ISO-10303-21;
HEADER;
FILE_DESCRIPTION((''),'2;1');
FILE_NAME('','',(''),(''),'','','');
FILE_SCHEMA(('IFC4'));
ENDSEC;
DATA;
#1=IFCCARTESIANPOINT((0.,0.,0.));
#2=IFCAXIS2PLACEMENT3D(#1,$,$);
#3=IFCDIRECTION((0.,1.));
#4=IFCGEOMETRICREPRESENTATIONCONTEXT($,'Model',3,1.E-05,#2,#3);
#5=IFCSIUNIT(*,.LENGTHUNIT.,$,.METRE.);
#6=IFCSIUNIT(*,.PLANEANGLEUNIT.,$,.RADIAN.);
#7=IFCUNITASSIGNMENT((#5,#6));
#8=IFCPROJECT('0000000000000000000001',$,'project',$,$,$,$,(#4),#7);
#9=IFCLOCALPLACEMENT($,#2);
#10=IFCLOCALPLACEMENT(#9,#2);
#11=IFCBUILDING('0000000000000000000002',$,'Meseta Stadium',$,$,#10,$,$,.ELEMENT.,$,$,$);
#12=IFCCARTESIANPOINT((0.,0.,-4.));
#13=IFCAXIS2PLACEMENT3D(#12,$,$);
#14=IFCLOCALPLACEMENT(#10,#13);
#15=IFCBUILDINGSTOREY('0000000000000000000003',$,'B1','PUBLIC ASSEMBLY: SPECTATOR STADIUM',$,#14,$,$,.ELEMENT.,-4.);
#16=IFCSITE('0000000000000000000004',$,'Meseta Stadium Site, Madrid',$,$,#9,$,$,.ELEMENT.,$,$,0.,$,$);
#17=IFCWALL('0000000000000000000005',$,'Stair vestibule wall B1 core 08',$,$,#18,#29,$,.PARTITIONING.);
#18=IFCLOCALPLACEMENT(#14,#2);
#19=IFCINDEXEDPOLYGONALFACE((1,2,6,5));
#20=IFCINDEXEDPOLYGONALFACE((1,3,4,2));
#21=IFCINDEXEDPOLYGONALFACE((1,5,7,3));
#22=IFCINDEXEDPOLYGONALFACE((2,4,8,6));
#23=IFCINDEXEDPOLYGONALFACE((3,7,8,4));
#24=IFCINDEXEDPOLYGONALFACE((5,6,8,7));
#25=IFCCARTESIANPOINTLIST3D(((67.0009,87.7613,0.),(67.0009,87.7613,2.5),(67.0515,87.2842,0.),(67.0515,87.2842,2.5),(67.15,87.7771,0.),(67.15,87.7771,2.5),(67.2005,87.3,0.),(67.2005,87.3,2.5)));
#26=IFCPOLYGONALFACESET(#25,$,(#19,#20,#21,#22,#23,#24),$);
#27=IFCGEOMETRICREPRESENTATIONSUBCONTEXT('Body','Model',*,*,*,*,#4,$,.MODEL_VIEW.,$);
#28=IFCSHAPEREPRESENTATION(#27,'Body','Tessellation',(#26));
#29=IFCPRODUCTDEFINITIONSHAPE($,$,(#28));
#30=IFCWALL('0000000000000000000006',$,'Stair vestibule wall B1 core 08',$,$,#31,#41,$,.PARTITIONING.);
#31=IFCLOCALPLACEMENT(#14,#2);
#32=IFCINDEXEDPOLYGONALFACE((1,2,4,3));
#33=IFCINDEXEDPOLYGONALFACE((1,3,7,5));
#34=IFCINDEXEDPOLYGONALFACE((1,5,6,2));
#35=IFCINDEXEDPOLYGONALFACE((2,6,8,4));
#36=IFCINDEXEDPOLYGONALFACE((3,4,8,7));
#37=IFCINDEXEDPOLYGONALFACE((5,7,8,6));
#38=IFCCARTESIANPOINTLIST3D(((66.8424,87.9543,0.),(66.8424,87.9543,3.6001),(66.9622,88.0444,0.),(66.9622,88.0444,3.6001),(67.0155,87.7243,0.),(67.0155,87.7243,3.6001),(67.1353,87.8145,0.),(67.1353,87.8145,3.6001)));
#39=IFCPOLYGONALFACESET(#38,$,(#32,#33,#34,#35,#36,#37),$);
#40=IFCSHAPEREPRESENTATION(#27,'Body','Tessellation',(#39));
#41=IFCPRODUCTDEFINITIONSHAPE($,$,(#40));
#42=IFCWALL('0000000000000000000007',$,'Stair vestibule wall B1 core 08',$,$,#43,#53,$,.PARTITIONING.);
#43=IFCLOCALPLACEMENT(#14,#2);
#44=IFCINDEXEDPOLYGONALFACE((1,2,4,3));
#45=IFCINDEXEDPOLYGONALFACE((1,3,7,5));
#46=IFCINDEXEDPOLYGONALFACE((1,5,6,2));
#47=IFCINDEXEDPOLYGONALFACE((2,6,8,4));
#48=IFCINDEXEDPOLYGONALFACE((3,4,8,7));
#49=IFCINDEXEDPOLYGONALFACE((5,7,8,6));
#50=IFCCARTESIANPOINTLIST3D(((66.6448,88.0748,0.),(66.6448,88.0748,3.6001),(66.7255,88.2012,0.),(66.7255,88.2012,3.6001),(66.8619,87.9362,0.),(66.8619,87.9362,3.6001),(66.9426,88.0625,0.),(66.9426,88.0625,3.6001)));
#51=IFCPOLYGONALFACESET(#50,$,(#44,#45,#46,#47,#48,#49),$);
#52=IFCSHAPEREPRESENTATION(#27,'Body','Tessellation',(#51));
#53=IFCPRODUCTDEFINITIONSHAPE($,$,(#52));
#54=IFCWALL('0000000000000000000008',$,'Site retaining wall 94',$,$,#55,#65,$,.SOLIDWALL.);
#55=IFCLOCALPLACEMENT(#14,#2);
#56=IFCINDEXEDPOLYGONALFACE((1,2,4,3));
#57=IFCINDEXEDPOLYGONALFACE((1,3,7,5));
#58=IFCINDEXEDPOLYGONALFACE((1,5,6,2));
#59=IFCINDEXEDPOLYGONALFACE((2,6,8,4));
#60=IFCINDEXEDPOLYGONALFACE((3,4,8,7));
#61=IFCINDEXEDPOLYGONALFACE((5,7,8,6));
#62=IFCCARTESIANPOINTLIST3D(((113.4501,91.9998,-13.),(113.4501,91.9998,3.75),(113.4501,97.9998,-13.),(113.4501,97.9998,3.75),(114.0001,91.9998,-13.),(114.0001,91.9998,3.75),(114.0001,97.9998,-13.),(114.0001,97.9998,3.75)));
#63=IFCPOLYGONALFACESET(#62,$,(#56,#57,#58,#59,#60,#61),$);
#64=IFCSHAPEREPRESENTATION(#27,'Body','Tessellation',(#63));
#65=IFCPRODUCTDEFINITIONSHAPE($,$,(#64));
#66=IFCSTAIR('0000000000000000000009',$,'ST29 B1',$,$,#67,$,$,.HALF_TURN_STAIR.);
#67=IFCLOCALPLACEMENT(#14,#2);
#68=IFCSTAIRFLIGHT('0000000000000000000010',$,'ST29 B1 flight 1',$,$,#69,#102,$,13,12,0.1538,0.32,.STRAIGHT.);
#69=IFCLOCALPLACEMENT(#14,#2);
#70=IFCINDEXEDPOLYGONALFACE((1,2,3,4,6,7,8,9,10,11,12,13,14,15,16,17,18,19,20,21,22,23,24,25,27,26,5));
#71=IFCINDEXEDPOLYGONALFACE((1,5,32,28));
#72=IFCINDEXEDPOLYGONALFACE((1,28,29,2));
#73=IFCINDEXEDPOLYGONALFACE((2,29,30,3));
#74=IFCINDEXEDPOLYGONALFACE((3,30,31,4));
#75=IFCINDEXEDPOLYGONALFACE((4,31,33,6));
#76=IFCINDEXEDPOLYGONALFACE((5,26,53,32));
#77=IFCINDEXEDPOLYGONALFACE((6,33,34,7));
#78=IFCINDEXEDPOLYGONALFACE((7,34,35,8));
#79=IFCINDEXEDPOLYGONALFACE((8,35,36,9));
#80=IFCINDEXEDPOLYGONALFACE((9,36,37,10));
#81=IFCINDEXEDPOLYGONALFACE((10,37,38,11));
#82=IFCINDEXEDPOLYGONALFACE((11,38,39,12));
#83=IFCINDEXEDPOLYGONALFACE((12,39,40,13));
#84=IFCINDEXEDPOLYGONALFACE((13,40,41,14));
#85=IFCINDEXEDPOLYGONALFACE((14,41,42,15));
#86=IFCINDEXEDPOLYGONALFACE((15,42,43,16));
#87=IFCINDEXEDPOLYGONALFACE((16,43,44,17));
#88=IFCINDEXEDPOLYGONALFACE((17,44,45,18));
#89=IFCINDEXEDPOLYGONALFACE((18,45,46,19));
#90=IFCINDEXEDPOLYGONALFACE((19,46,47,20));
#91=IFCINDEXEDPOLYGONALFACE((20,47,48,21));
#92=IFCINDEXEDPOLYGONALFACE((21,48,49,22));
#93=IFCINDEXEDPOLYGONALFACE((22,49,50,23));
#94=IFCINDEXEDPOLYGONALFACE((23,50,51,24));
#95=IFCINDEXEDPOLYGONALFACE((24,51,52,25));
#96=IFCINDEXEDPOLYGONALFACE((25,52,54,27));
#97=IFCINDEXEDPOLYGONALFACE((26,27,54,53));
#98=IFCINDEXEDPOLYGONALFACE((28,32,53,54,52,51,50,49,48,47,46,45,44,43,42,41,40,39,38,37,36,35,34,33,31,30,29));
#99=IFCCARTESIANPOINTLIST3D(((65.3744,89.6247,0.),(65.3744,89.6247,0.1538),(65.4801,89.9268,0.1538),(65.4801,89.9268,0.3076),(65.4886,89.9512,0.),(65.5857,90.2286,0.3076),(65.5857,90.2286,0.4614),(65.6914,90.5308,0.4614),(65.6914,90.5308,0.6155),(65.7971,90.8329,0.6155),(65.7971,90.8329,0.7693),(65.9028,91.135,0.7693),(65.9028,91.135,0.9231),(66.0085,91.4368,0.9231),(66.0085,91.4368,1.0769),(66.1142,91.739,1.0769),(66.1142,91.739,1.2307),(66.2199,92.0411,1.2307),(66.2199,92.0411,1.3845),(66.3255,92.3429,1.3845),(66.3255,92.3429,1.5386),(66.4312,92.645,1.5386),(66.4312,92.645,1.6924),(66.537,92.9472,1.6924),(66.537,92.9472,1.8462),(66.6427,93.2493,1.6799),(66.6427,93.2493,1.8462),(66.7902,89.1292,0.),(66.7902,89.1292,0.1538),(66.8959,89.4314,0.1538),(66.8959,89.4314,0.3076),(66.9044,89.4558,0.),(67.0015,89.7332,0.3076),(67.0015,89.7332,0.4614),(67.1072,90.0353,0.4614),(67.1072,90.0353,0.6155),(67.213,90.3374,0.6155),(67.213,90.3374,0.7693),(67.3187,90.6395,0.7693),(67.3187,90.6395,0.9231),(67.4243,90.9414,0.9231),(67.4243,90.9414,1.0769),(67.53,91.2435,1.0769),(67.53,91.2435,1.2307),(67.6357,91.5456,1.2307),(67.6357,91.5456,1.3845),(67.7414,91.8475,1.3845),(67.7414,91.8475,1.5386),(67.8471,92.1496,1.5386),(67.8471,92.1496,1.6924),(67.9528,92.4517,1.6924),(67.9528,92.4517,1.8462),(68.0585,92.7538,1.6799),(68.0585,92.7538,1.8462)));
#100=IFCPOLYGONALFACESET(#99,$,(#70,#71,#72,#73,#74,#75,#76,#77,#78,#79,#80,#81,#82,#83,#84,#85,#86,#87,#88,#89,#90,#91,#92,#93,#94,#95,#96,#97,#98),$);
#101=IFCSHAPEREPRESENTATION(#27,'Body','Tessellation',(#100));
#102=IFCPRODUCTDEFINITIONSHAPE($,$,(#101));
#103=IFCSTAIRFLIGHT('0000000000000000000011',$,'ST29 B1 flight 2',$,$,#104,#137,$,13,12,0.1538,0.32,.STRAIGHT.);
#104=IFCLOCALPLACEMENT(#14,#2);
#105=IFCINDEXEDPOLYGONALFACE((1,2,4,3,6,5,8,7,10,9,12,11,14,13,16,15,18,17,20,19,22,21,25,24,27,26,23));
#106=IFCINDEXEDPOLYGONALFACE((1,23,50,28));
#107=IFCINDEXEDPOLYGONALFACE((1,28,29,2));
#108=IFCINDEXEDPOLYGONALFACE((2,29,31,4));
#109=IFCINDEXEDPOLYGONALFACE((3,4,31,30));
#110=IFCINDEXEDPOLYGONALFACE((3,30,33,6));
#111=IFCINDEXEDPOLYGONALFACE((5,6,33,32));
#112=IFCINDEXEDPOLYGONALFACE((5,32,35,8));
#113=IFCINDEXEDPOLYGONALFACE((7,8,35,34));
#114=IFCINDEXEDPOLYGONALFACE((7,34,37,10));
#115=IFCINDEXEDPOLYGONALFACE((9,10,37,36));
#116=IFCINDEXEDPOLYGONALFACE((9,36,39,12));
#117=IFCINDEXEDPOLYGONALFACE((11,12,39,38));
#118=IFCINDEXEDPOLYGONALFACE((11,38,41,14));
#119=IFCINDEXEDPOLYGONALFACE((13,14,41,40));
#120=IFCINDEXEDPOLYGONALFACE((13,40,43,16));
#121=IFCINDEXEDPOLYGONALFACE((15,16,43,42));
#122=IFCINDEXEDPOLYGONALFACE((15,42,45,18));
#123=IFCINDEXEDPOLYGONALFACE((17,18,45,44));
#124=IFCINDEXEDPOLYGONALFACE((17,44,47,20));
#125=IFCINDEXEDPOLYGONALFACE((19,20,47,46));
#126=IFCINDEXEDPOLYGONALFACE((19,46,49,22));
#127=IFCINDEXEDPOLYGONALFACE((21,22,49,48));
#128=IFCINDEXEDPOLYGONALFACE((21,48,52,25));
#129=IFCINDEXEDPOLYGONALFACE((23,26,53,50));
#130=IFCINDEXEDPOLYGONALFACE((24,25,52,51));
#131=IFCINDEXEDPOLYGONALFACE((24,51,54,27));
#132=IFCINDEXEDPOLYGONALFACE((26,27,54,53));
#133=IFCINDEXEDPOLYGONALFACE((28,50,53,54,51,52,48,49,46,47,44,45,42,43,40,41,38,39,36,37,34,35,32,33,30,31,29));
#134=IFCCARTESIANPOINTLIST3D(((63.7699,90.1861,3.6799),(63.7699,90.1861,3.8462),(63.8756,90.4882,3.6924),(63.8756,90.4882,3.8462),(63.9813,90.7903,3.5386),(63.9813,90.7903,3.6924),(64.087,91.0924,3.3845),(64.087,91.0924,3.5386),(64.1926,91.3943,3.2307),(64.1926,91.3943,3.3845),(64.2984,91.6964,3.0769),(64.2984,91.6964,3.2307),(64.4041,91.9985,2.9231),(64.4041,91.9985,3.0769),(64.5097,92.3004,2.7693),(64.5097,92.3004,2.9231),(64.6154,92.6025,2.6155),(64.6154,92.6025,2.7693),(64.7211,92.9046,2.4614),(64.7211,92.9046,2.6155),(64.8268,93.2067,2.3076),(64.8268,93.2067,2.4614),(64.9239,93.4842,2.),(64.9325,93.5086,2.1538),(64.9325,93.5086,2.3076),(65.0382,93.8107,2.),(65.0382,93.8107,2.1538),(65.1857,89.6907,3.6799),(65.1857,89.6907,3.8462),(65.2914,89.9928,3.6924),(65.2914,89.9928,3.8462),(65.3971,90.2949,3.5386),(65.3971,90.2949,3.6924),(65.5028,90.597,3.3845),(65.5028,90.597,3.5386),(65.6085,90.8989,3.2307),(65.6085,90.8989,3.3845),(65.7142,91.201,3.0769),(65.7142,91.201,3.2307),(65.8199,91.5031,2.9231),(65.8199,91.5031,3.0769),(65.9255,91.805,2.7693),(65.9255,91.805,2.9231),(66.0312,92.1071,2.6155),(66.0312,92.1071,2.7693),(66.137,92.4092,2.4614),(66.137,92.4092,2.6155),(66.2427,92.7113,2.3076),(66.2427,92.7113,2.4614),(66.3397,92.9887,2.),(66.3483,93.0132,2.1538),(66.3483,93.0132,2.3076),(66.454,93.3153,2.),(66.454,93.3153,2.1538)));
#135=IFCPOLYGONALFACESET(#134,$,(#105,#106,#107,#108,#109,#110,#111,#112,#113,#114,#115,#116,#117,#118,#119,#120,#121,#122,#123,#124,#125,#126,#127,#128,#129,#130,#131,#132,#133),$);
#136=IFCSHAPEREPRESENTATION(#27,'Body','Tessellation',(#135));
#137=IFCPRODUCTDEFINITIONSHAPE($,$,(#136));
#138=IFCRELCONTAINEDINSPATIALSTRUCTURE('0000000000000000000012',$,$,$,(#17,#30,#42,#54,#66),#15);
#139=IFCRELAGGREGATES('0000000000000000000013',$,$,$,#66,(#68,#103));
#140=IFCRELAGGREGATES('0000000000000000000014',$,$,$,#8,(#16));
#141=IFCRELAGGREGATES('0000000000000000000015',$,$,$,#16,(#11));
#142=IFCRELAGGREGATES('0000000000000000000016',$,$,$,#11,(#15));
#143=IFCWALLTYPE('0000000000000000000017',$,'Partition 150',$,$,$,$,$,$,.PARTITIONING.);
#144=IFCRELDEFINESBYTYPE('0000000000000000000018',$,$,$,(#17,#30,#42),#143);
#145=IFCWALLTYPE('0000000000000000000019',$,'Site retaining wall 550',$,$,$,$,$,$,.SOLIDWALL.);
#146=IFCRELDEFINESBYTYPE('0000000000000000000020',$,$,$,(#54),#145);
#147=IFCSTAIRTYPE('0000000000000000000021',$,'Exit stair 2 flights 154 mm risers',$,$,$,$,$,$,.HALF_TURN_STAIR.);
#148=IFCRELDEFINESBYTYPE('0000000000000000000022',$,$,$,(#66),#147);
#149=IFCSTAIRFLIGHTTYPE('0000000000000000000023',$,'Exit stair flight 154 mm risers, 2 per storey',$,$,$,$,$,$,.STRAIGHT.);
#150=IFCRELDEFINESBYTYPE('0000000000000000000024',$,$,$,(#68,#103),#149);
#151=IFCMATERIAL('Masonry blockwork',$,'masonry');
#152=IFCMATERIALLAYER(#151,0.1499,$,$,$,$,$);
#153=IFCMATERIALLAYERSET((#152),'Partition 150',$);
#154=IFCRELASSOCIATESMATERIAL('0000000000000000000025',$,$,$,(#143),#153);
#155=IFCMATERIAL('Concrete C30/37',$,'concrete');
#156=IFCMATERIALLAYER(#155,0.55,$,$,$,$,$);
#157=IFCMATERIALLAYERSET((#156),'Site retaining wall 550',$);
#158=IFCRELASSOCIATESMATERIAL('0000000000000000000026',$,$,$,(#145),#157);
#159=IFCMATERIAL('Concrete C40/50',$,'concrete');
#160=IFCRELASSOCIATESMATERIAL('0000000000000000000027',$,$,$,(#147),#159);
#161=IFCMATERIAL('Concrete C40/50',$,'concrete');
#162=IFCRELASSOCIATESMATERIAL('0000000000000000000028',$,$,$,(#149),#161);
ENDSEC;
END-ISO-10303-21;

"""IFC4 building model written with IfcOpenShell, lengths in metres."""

from ifc_helpers import new_model, si_unit, direction, frame, frame_2d, origin, place, context, subcontext, project, spatial, polyline, rectangle, outline, extrude, material, layer, layer_set, type_object, element, aggregate, save


model = new_model("IFC4")

# Units and contexts
model_context = context("Model", 3, precision=1e-05, world=origin(), true_north=direction((0.0, 1.0)))
body_context = subcontext(model_context, "Body", "Model", "MODEL_VIEW")
ifc_project = project(units=[si_unit("LENGTHUNIT", "METRE"), si_unit("PLANEANGLEUNIT", "RADIAN")], contexts=[model_context])

# Site, building, storey
site_placement = place(None, origin())
site = spatial("IfcSite", under=ifc_project, at=site_placement, Name="Meseta Stadium Site, Madrid", CompositionType="ELEMENT", RefElevation=0.0)
building_placement = place(site_placement, origin())
building = spatial("IfcBuilding", under=site, at=building_placement, Name="Meseta Stadium", CompositionType="ELEMENT")
storey_placement = place(building_placement, frame((0.0, 0.0, -4.0)))
storey = spatial("IfcBuildingStorey", under=building, at=storey_placement, Name="B1", Description="PUBLIC ASSEMBLY: SPECTATOR STADIUM", CompositionType="ELEMENT", Elevation=-4.0)

# Walls
ifc_material_1 = material(Name="Masonry blockwork", Category="masonry")
ifc_layer_1 = layer(ifc_material_1, 0.1499)
ifc_layer_set_1 = layer_set([ifc_layer_1], Name="Partition 150")
wall_type_1 = type_object("IfcWallType", Name="Partition 150", PredefinedType="PARTITIONING", material=ifc_layer_set_1)
wall_1_placement = place(storey_placement, frame((67.126, 87.2922, 0.0), z_axis=(0.0, 0.0, 1.0), x_axis=(-0.105347, 0.994436, 0.0)))
element("IfcWall", 1, at=wall_1_placement, inside=storey, type_object=wall_type_1, Name="Stair vestibule wall B1 core 08", PredefinedType="PARTITIONING", context=body_context, shape_type="SweptSolid", body=[
    extrude(rectangle(XDim=0.4797, YDim=0.1499, at=frame_2d((0.2397, 0.0))), origin(), (0.0, 0.0, 1.0), 2.5),
])
wall_2_placement = place(storey_placement, frame((67.0754, 87.7693, 0.0), z_axis=(0.0, 0.0, 1.0), x_axis=(-0.601356, 0.798981, 0.0)))
element("IfcWall", 2, at=wall_2_placement, inside=storey, type_object=wall_type_1, Name="Stair vestibule wall B1 core 08", PredefinedType="PARTITIONING", context=body_context, shape_type="SweptSolid", body=[
    extrude(rectangle(XDim=0.2878, YDim=0.1499, at=frame_2d((0.144, 0.0))), origin(), (0.0, 0.0, 1.0), 3.6001),
])
wall_3_placement = place(storey_placement, frame((66.9023, 87.9993, 0.0), z_axis=(0.0, 0.0, 1.0), x_axis=(-0.842684, 0.538408, 0.0)))
element("IfcWall", 3, at=wall_3_placement, inside=storey, type_object=wall_type_1, Name="Stair vestibule wall B1 core 08", PredefinedType="PARTITIONING", context=body_context, shape_type="SweptSolid", body=[
    extrude(rectangle(XDim=0.2576, YDim=0.1499, at=frame_2d((0.1289, 0.0))), origin(), (0.0, 0.0, 1.0), 3.6001),
])
ifc_material_2 = material(Name="Concrete C30/37", Category="concrete")
ifc_layer_2 = layer(ifc_material_2, 0.55)
ifc_layer_set_2 = layer_set([ifc_layer_2], Name="Site retaining wall 550")
wall_type_2 = type_object("IfcWallType", Name="Site retaining wall 550", PredefinedType="SOLIDWALL", material=ifc_layer_set_2)
wall_4_placement = place(storey_placement, frame((113.7251, 91.9998, -13.0), z_axis=(0.0, 0.0, 1.0), x_axis=(0.0, 1.0, 0.0)))
element("IfcWall", 4, at=wall_4_placement, inside=storey, type_object=wall_type_2, Name="Site retaining wall 94", PredefinedType="SOLIDWALL", context=body_context, shape_type="SweptSolid", body=[
    extrude(rectangle(XDim=6.0, YDim=0.55, at=frame_2d((3.0, 0.0))), origin(), (0.0, 0.0, 1.0), 16.75),
])

# Stair, stair flights
ifc_material_3 = material(Name="Concrete C40/50", Category="concrete")
stair_type = type_object("IfcStairType", Name="Exit stair 2 flights 154 mm risers", PredefinedType="HALF_TURN_STAIR", material=ifc_material_3)
stair_placement = place(storey_placement, origin())
stair = element("IfcStair", 5, at=stair_placement, inside=storey, type_object=stair_type, Name="ST29 B1", PredefinedType="HALF_TURN_STAIR")
ifc_material_4 = material(Name="Concrete C40/50", Category="concrete")
stair_flight_type = type_object("IfcStairFlightType", Name="Exit stair flight 154 mm risers, 2 per storey", PredefinedType="STRAIGHT", material=ifc_material_4)
stair_flight_1_placement = place(storey_placement, frame((66.0823, 89.377, 0.0), z_axis=(0.0, 0.0, 1.0), x_axis=(0.330279, 0.943883, 0.0)))
stair_flight_1 = element("IfcStairFlight", 6, at=stair_flight_1_placement, type_object=stair_flight_type, Name="ST29 B1 flight 1", NumberOfRisers=13, NumberOfTreads=12, PredefinedType="STRAIGHT", RiserHeight=0.1538, TreadLength=0.32, context=body_context, shape_type="SweptSolid", body=[
    extrude(outline(polyline([(0.0, 0.0), (0.0, 0.1538), (0.3201, 0.1538), (0.3201, 0.3076), (0.6399, 0.3076), (0.6399, 0.4614), (0.96, 0.4614), (0.96, 0.6155), (1.28, 0.6155), (1.28, 0.7693), (1.6001, 0.7693), (1.6001, 0.9231), (1.9199, 0.9231), (1.9199, 1.0769), (2.24, 1.0769), (2.24, 1.2307), (2.5601, 1.2307), (2.5601, 1.3845), (2.8799, 1.3845), (2.8799, 1.5386), (3.2, 1.5386), (3.2, 1.6924), (3.52, 1.6924), (3.52, 1.8462), (3.8401, 1.8462), (3.8401, 1.6799), (0.3459, 0.0), (0.0, 0.0)])), frame((0.0, 0.75, 0.0), z_axis=(0.0, -1.0, 0.0), x_axis=(1.0, 0.0, 0.0)), (0.0, 0.0, 1.0), 1.5),
])
stair_flight_2_placement = place(storey_placement, frame((65.7461, 93.563, 2.0), z_axis=(0.0, 0.0, 1.0), x_axis=(-0.330279, -0.943883, 0.0)))
stair_flight_2 = element("IfcStairFlight", 7, at=stair_flight_2_placement, type_object=stair_flight_type, Name="ST29 B1 flight 2", NumberOfRisers=13, NumberOfTreads=12, PredefinedType="STRAIGHT", RiserHeight=0.1538, TreadLength=0.32, context=body_context, shape_type="SweptSolid", body=[
    extrude(outline(polyline([(0.0, 0.0), (0.0, 0.1538), (0.3201, 0.1538), (0.3201, 0.3076), (0.6399, 0.3076), (0.6399, 0.4614), (0.96, 0.4614), (0.96, 0.6155), (1.28, 0.6155), (1.28, 0.7693), (1.6001, 0.7693), (1.6001, 0.9231), (1.9199, 0.9231), (1.9199, 1.0769), (2.24, 1.0769), (2.24, 1.2307), (2.5601, 1.2307), (2.5601, 1.3845), (2.8799, 1.3845), (2.8799, 1.5386), (3.2, 1.5386), (3.2, 1.6924), (3.52, 1.6924), (3.52, 1.8462), (3.8401, 1.8462), (3.8401, 1.6799), (0.3459, 0.0), (0.0, 0.0)])), frame((0.0, 0.75, 0.0), z_axis=(0.0, -1.0, 0.0), x_axis=(1.0, 0.0, 0.0)), (0.0, 0.0, 1.0), 1.5),
])
aggregate(stair, [stair_flight_1, stair_flight_2])

save(model, "model.ifc")
